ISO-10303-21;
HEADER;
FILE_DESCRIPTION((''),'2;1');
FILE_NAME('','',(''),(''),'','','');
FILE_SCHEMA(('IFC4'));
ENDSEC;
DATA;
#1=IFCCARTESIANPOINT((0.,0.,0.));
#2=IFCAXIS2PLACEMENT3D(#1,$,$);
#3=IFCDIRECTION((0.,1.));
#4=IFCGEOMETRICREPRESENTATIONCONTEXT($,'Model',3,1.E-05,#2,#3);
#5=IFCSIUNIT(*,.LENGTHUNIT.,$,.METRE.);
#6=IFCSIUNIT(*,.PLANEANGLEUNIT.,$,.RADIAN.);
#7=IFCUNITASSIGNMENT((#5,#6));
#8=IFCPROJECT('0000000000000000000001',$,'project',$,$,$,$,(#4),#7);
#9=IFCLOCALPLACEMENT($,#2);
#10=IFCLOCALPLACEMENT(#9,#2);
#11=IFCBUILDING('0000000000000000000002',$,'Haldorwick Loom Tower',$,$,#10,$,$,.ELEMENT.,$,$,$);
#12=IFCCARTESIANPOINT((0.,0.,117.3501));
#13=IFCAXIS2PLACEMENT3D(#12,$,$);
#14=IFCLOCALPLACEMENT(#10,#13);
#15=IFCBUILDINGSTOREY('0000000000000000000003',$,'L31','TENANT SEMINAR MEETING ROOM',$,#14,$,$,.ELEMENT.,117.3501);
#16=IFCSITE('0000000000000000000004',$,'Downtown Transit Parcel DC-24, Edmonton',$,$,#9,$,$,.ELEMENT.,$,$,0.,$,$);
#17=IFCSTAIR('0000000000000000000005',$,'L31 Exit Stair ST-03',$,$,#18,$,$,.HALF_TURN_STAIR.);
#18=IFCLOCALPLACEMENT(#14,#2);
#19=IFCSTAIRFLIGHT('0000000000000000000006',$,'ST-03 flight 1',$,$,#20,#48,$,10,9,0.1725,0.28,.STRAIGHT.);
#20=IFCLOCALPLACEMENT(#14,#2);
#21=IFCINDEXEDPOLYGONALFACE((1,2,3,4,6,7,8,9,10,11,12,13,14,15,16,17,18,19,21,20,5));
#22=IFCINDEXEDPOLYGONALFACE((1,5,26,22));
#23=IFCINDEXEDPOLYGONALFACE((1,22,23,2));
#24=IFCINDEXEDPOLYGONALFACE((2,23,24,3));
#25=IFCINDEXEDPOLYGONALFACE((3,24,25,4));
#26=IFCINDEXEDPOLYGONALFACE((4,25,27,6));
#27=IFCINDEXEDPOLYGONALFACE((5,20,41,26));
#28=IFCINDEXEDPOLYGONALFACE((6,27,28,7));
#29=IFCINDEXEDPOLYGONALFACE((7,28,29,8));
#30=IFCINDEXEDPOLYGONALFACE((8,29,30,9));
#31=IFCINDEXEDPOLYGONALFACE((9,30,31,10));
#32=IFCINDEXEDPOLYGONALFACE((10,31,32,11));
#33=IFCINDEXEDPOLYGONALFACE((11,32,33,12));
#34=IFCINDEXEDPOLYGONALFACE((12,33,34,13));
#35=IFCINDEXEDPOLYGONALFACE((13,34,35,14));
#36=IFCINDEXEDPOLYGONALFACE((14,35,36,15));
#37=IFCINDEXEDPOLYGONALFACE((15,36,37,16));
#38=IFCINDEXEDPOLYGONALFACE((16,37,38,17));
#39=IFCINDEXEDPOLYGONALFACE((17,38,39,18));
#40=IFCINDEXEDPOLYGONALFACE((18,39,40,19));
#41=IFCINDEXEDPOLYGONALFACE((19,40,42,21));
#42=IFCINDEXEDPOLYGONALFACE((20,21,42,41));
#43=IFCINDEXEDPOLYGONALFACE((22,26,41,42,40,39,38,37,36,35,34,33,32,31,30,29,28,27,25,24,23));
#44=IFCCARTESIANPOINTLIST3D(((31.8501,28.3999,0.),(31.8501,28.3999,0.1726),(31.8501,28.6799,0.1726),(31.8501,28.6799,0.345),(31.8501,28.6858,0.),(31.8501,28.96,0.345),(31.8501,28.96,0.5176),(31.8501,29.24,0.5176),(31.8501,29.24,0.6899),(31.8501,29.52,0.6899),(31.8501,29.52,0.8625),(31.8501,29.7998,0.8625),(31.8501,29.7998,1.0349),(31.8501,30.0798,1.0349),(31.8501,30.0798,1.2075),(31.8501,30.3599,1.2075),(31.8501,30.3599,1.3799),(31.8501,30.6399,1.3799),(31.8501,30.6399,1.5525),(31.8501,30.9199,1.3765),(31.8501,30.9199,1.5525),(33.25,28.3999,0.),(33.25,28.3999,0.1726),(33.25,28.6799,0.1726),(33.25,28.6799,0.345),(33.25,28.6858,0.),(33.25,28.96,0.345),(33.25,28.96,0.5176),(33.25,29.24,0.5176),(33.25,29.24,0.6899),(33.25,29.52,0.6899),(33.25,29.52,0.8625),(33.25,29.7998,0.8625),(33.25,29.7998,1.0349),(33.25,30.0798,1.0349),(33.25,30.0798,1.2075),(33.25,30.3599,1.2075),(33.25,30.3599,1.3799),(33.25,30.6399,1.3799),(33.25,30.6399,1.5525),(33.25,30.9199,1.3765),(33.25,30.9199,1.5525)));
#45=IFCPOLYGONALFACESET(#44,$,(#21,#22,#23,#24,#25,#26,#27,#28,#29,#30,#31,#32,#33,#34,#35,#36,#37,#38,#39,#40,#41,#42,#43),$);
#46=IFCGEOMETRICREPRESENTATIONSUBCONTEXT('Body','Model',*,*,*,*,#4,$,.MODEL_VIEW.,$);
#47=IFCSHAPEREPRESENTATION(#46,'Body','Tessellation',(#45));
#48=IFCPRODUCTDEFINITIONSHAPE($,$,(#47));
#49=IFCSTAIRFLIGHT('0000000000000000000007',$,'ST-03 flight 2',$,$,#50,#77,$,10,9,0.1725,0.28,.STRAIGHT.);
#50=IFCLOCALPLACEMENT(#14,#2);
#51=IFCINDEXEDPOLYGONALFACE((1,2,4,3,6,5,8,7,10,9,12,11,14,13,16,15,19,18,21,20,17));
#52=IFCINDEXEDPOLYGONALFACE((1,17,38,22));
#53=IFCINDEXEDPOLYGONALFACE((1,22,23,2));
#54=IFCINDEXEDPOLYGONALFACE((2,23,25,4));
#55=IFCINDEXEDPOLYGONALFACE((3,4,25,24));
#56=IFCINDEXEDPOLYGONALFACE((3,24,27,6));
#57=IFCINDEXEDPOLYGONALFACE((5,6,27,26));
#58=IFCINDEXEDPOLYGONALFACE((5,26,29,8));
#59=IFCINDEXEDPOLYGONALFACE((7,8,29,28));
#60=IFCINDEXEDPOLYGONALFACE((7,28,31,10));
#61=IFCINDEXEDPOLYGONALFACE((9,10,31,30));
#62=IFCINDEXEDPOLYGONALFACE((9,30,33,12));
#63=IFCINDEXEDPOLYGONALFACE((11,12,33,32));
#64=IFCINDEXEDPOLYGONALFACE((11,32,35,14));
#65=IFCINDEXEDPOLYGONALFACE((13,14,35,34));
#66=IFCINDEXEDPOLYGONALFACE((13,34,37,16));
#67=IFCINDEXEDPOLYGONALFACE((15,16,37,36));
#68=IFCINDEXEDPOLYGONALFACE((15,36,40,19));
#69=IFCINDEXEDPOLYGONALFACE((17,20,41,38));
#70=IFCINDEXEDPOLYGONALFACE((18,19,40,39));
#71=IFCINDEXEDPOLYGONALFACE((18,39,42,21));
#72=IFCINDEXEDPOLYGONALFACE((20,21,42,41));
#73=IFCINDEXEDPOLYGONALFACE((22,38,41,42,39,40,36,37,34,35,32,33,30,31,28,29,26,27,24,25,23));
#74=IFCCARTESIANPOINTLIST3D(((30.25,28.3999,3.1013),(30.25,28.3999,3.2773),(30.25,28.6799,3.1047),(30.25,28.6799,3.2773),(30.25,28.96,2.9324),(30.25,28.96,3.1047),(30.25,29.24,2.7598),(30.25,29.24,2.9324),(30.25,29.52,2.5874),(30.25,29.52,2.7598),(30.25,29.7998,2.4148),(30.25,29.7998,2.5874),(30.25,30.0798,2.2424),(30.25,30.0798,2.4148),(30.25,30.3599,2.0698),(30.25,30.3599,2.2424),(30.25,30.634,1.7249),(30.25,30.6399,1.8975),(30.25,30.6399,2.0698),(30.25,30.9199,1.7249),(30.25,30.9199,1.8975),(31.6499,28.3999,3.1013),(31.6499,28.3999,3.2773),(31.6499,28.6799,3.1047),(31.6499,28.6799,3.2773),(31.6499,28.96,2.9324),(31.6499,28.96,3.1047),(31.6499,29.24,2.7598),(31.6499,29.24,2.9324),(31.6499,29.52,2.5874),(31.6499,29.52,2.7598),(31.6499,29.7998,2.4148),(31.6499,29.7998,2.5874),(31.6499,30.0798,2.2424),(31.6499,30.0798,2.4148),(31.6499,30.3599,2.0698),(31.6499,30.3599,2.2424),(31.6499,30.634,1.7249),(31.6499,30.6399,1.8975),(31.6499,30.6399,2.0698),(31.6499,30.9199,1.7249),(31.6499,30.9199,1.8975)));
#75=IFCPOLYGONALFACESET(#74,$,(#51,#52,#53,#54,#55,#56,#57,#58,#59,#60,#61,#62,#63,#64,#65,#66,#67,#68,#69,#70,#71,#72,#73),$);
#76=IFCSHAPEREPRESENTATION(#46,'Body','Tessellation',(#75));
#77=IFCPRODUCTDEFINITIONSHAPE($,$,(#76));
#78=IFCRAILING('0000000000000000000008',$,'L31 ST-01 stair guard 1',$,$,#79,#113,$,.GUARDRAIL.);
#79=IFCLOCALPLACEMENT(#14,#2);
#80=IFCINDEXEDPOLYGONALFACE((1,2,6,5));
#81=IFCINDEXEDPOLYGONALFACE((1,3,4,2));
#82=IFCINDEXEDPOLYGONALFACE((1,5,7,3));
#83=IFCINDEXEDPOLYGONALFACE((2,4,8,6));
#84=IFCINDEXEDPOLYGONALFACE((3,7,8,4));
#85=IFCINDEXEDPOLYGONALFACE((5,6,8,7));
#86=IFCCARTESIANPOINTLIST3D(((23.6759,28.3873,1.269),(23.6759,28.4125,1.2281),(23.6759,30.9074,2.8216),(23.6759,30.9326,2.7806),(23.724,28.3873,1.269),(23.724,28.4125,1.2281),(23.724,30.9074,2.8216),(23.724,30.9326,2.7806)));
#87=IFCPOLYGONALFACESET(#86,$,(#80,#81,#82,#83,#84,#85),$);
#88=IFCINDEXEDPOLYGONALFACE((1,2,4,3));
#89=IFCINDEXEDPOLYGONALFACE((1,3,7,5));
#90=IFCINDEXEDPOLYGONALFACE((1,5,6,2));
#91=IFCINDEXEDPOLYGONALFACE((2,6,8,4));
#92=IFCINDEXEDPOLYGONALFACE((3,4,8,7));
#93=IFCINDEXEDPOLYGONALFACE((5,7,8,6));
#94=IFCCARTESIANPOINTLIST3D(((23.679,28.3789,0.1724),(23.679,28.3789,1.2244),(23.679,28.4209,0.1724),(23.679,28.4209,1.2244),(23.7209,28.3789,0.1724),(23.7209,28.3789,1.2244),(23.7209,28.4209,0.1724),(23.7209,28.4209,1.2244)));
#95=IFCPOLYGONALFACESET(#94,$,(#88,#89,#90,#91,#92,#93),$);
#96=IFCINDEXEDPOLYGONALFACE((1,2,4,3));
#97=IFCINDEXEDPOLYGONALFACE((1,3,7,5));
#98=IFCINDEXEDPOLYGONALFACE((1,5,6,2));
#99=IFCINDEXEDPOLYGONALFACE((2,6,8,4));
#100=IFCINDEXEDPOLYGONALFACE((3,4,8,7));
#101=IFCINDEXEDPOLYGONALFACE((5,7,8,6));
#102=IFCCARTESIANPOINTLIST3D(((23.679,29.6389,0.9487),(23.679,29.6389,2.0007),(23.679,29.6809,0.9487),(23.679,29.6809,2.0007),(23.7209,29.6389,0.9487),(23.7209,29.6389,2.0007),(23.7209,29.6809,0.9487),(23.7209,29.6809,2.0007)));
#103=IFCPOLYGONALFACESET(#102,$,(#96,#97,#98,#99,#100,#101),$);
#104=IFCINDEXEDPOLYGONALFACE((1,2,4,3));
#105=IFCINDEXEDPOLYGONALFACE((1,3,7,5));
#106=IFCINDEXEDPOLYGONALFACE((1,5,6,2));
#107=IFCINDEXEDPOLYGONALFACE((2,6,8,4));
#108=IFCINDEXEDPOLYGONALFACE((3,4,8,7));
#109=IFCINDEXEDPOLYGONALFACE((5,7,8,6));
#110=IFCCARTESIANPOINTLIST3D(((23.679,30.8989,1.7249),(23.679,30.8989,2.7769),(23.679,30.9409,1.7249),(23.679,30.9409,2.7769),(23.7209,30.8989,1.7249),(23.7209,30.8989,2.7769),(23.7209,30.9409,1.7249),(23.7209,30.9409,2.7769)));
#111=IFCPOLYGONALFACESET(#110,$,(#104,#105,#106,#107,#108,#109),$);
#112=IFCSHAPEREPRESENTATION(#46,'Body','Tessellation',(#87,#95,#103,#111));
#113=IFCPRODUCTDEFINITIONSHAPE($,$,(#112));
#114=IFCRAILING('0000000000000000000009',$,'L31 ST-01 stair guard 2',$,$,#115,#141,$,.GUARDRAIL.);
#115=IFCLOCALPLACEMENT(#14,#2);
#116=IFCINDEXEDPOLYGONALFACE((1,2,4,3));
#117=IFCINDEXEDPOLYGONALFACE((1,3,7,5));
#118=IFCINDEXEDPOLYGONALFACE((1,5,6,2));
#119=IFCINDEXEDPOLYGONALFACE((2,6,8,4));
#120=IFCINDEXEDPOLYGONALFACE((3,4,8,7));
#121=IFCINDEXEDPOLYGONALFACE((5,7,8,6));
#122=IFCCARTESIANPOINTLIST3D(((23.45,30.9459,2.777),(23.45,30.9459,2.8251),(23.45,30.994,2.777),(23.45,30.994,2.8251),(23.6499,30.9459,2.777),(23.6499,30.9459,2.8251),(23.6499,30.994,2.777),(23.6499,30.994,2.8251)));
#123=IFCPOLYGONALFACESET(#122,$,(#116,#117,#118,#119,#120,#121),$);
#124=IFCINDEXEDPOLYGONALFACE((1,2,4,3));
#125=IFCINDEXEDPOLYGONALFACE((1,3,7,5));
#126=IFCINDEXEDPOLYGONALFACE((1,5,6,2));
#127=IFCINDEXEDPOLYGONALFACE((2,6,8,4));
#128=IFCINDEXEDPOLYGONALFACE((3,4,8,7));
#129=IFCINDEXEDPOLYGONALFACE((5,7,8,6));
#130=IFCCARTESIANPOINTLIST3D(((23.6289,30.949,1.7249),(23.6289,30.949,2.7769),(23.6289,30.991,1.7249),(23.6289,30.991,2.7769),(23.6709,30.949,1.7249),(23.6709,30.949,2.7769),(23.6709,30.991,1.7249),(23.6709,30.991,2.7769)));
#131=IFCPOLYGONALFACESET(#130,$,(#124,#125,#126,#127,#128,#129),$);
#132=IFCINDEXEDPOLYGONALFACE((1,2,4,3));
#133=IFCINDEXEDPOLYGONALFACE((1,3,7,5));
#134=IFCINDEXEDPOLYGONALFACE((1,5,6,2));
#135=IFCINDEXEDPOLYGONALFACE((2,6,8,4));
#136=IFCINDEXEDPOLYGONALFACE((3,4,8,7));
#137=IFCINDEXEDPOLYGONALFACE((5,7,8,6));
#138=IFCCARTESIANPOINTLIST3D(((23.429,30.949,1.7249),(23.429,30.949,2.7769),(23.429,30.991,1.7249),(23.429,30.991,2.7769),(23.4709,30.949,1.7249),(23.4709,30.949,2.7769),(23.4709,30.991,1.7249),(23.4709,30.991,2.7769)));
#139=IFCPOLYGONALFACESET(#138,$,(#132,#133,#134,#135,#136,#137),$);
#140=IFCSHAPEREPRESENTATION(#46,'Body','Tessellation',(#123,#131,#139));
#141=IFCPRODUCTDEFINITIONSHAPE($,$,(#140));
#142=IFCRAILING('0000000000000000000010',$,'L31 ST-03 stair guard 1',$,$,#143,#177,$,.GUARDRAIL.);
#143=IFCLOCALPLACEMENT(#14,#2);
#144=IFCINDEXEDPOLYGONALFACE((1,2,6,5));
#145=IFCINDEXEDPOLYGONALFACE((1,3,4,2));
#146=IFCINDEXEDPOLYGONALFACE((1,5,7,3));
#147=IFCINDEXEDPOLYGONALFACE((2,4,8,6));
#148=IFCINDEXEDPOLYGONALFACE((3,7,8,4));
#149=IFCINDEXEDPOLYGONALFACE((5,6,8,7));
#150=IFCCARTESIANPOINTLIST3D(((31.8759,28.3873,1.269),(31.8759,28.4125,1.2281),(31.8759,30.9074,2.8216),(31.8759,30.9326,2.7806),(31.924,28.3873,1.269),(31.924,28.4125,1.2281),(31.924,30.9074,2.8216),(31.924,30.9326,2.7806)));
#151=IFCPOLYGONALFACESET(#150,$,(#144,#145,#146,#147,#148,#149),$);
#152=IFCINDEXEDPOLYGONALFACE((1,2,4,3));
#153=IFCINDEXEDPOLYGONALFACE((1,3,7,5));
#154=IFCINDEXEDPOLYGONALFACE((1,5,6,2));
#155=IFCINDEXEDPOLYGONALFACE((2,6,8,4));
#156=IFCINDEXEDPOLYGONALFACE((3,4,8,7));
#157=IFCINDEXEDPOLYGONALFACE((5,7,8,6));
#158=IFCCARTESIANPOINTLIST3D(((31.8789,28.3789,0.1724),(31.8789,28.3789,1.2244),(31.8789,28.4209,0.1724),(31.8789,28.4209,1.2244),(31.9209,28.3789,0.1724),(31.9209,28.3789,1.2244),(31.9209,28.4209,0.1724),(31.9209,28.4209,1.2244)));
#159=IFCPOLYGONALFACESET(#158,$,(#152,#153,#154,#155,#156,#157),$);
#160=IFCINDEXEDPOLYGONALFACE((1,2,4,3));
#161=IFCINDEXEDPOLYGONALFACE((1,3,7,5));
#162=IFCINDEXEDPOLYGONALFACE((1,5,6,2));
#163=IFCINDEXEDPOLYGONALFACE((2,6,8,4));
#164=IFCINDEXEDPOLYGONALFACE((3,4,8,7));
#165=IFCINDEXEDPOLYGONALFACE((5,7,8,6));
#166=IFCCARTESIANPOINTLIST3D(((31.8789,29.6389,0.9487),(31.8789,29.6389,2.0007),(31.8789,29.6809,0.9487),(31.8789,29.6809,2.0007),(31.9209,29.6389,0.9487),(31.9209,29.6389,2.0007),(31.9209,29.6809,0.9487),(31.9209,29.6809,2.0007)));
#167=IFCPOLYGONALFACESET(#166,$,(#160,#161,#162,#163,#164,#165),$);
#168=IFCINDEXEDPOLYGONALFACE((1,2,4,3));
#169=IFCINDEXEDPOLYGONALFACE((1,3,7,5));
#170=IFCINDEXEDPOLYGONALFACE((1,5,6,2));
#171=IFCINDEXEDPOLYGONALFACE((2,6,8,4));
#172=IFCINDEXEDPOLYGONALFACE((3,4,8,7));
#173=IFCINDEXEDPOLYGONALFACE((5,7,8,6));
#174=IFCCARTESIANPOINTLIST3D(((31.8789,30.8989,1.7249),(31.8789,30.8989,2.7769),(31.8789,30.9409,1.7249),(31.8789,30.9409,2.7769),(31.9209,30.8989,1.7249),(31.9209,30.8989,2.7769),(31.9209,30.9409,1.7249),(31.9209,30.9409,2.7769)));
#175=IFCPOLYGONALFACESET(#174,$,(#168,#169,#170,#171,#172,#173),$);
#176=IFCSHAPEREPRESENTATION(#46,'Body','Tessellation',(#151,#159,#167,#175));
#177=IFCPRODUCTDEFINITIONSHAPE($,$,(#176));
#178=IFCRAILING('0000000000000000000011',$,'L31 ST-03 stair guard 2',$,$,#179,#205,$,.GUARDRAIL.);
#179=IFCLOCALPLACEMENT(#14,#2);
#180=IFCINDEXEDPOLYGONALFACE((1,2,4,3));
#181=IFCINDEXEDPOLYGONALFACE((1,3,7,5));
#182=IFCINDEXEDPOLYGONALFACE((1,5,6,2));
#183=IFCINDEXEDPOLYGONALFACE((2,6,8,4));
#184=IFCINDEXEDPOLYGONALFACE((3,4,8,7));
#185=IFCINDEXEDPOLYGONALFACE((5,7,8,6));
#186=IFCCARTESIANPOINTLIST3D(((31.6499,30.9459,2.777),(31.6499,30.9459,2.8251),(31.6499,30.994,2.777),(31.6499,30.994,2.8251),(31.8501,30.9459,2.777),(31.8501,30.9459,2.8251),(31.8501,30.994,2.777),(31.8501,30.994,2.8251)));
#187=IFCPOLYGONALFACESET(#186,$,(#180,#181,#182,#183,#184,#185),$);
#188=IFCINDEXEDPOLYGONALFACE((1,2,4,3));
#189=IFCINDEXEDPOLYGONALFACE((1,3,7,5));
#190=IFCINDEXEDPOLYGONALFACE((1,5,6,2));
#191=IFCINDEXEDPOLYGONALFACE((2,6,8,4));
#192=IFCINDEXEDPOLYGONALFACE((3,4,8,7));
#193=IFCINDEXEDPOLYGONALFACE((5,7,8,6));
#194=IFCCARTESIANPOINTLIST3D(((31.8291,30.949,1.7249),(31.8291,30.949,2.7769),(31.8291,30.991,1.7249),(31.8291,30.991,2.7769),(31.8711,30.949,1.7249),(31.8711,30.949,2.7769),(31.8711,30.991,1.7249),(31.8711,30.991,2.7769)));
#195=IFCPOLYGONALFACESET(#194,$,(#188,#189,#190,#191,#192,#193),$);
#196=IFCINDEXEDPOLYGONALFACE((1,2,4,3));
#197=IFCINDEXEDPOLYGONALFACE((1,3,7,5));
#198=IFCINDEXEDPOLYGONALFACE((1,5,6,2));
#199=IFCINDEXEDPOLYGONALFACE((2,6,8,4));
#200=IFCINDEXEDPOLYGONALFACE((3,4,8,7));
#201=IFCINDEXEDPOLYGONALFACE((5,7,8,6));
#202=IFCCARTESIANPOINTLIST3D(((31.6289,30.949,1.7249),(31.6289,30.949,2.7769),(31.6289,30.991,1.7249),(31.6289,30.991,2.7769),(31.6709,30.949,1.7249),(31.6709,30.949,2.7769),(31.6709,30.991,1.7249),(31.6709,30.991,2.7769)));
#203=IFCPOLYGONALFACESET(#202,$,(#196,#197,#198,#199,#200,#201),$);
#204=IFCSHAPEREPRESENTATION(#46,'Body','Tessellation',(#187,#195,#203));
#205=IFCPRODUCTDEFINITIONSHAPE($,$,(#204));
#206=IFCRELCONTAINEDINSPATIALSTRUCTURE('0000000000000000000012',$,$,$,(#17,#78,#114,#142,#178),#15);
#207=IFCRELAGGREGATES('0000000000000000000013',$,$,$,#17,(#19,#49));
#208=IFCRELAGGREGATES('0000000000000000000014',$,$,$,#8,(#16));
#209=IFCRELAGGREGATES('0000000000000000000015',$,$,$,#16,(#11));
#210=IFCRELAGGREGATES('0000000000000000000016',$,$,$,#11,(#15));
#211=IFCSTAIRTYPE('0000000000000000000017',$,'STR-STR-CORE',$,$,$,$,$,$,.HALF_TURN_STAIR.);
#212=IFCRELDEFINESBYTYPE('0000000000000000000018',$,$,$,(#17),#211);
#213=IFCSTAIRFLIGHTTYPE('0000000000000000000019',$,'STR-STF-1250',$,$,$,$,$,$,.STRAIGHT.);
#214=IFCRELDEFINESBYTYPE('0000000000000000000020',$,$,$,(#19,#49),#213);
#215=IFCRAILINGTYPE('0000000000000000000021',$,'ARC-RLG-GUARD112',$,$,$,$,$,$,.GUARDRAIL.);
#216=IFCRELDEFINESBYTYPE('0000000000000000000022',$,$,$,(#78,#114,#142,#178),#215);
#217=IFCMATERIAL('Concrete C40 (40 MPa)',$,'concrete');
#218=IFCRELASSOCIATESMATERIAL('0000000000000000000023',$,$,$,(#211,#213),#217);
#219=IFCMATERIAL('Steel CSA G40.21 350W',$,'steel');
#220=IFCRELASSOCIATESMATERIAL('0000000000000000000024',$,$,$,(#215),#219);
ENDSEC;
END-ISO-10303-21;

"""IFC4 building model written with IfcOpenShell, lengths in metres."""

from ifc_helpers import new_model, si_unit, direction, frame, origin, origin_2d, place, context, subcontext, project, spatial, polyline, rectangle, outline, extrude, material, type_object, element, aggregate, save


model = new_model("IFC4")

# Units and contexts
model_context = context("Model", 3, precision=1e-05, world=origin(), true_north=direction((0.0, 1.0)))
body_context = subcontext(model_context, "Body", "Model", "MODEL_VIEW")
ifc_project = project(units=[si_unit("LENGTHUNIT", "METRE"), si_unit("PLANEANGLEUNIT", "RADIAN")], contexts=[model_context])

# Site, building, storey
site_placement = place(None, origin())
site = spatial("IfcSite", under=ifc_project, at=site_placement, Name="Downtown Transit Parcel DC-24, Edmonton", CompositionType="ELEMENT", RefElevation=0.0)
building_placement = place(site_placement, origin())
building = spatial("IfcBuilding", under=site, at=building_placement, Name="Haldorwick Loom Tower", CompositionType="ELEMENT")
storey_placement = place(building_placement, frame((0.0, 0.0, 117.3501)))
storey = spatial("IfcBuildingStorey", under=building, at=storey_placement, Name="L31", Description="TENANT SEMINAR MEETING ROOM", CompositionType="ELEMENT", Elevation=117.3501)

# Shared definitions
ifc_material_1 = material(Name="Steel CSA G40.21 350W", Category="steel")

# Shared definitions
ifc_material_2 = material(Name="Concrete C40 (40 MPa)", Category="concrete")
stair_type = type_object("IfcStairType", Name="STR-STR-CORE", PredefinedType="HALF_TURN_STAIR", material=ifc_material_2)
stair_flight_type = type_object("IfcStairFlightType", Name="STR-STF-1250", PredefinedType="STRAIGHT", material=ifc_material_2)

# Stair, stair flights
stair_1_placement = place(storey_placement, origin())
stair_1 = element("IfcStair", 1, at=stair_1_placement, inside=storey, type_object=stair_type, Name="L31 Exit Stair ST-03", PredefinedType="HALF_TURN_STAIR")
stair_flight_1_placement = place(storey_placement, frame((32.55, 28.3999, 0.0), z_axis=(0.0, 0.0, 1.0), x_axis=(0.0, 1.0, 0.0)))
stair_flight_1 = element("IfcStairFlight", 2, at=stair_flight_1_placement, type_object=stair_flight_type, Name="ST-03 flight 1", NumberOfRisers=10, NumberOfTreads=9, PredefinedType="STRAIGHT", RiserHeight=0.1725, TreadLength=0.28, context=body_context, shape_type="SweptSolid", body=[
    extrude(outline(polyline([(0.0, 0.0), (0.0, 0.1726), (0.28, 0.1726), (0.28, 0.345), (0.5601, 0.345), (0.5601, 0.5176), (0.8401, 0.5176), (0.8401, 0.6899), (1.1201, 0.6899), (1.1201, 0.8625), (1.3999, 0.8625), (1.3999, 1.0349), (1.6799, 1.0349), (1.6799, 1.2075), (1.96, 1.2075), (1.96, 1.3799), (2.24, 1.3799), (2.24, 1.5525), (2.52, 1.5525), (2.52, 1.7251), (2.52, 1.3765), (0.2859, 0.0), (0.0, 0.0)])), frame((0.0, 0.7, 0.0), z_axis=(0.0, -1.0, 0.0), x_axis=(1.0, 0.0, 0.0)), (0.0, 0.0, 1.0), 1.3999),
])
stair_flight_2_placement = place(storey_placement, frame((30.95, 30.9199, 1.7249), z_axis=(0.0, 0.0, 1.0), x_axis=(0.0, -1.0, 0.0)))
stair_flight_2 = element("IfcStairFlight", 3, at=stair_flight_2_placement, type_object=stair_flight_type, Name="ST-03 flight 2", NumberOfRisers=10, NumberOfTreads=9, PredefinedType="STRAIGHT", RiserHeight=0.1725, TreadLength=0.28, context=body_context, shape_type="SweptSolid", body=[
    extrude(outline(polyline([(0.0, 0.0), (0.0, 0.1726), (0.28, 0.1726), (0.28, 0.345), (0.5601, 0.345), (0.5601, 0.5176), (0.8401, 0.5176), (0.8401, 0.6899), (1.1201, 0.6899), (1.1201, 0.8625), (1.3999, 0.8625), (1.3999, 1.0349), (1.6799, 1.0349), (1.6799, 1.2075), (1.96, 1.2075), (1.96, 1.3799), (2.24, 1.3799), (2.24, 1.5525), (2.52, 1.5525), (2.52, 1.7251), (2.52, 1.3765), (0.2859, 0.0), (0.0, 0.0)])), frame((0.0, 0.7, 0.0), z_axis=(0.0, -1.0, 0.0), x_axis=(1.0, 0.0, 0.0)), (0.0, 0.0, 1.0), 1.3999),
])
aggregate(stair_1, [stair_flight_1, stair_flight_2])

# Railings
railing_type_1 = type_object("IfcRailingType", Name="ARC-RLG-GUARD112", PredefinedType="GUARDRAIL", material=ifc_material_1)
railing_1_placement = place(storey_placement, frame((23.7, 28.3999, 0.1724)))
element("IfcRailing", 4, at=railing_1_placement, inside=storey, type_object=railing_type_1, Name="L31 ST-01 stair guard 1", PredefinedType="GUARDRAIL", context=body_context, shape_type="SweptSolid", body=[
    extrude(rectangle(XDim=0.0481, YDim=0.0481, at=origin_2d()), frame((0.0, 0.0, 1.0762), z_axis=(0.0, 0.8514, 0.524516), x_axis=(-1.0, 0.0, 0.0)), (0.0, 0.0, 1.0), 2.96),
    extrude(rectangle(XDim=0.042, YDim=0.042, at=origin_2d()), origin(), (0.0, 0.0, 1.0), 1.052),
    extrude(rectangle(XDim=0.042, YDim=0.042, at=origin_2d()), frame((0.0, 1.26, 0.7764)), (0.0, 0.0, 1.0), 1.052),
    extrude(rectangle(XDim=0.042, YDim=0.042, at=origin_2d()), frame((0.0, 2.52, 1.5525)), (0.0, 0.0, 1.0), 1.052),
])
railing_2_placement = place(storey_placement, frame((23.6499, 30.97, 1.7249)))
element("IfcRailing", 5, at=railing_2_placement, inside=storey, type_object=railing_type_1, Name="L31 ST-01 stair guard 2", PredefinedType="GUARDRAIL", context=body_context, shape_type="SweptSolid", body=[
    extrude(rectangle(XDim=0.0481, YDim=0.0481, at=origin_2d()), frame((0.0, 0.0, 1.0762), z_axis=(-1.0, 0.0, 0.0), x_axis=(0.0, -1.0, 0.0)), (0.0, 0.0, 1.0), 0.2),
    extrude(rectangle(XDim=0.042, YDim=0.042, at=origin_2d()), origin(), (0.0, 0.0, 1.0), 1.052),
    extrude(rectangle(XDim=0.042, YDim=0.042, at=origin_2d()), frame((-0.2, 0.0, 0.0)), (0.0, 0.0, 1.0), 1.052),
])
railing_3_placement = place(storey_placement, frame((31.8999, 28.3999, 0.1724)))
element("IfcRailing", 6, at=railing_3_placement, inside=storey, type_object=railing_type_1, Name="L31 ST-03 stair guard 1", PredefinedType="GUARDRAIL", context=body_context, shape_type="SweptSolid", body=[
    extrude(rectangle(XDim=0.0481, YDim=0.0481, at=origin_2d()), frame((0.0, 0.0, 1.0762), z_axis=(0.0, 0.8514, 0.524516), x_axis=(-1.0, 0.0, 0.0)), (0.0, 0.0, 1.0), 2.96),
    extrude(rectangle(XDim=0.042, YDim=0.042, at=origin_2d()), origin(), (0.0, 0.0, 1.0), 1.052),
    extrude(rectangle(XDim=0.042, YDim=0.042, at=origin_2d()), frame((0.0, 1.26, 0.7764)), (0.0, 0.0, 1.0), 1.052),
    extrude(rectangle(XDim=0.042, YDim=0.042, at=origin_2d()), frame((0.0, 2.52, 1.5525)), (0.0, 0.0, 1.0), 1.052),
])
railing_4_placement = place(storey_placement, frame((31.8501, 30.97, 1.7249)))
element("IfcRailing", 7, at=railing_4_placement, inside=storey, type_object=railing_type_1, Name="L31 ST-03 stair guard 2", PredefinedType="GUARDRAIL", context=body_context, shape_type="SweptSolid", body=[
    extrude(rectangle(XDim=0.0481, YDim=0.0481, at=origin_2d()), frame((0.0, 0.0, 1.0762), z_axis=(-1.0, 0.0, 0.0), x_axis=(0.0, -1.0, 0.0)), (0.0, 0.0, 1.0), 0.2002),
    extrude(rectangle(XDim=0.042, YDim=0.042, at=origin_2d()), origin(), (0.0, 0.0, 1.0), 1.052),
    extrude(rectangle(XDim=0.042, YDim=0.042, at=origin_2d()), frame((-0.2002, 0.0, 0.0)), (0.0, 0.0, 1.0), 1.052),
])

save(model, "model.ifc")
